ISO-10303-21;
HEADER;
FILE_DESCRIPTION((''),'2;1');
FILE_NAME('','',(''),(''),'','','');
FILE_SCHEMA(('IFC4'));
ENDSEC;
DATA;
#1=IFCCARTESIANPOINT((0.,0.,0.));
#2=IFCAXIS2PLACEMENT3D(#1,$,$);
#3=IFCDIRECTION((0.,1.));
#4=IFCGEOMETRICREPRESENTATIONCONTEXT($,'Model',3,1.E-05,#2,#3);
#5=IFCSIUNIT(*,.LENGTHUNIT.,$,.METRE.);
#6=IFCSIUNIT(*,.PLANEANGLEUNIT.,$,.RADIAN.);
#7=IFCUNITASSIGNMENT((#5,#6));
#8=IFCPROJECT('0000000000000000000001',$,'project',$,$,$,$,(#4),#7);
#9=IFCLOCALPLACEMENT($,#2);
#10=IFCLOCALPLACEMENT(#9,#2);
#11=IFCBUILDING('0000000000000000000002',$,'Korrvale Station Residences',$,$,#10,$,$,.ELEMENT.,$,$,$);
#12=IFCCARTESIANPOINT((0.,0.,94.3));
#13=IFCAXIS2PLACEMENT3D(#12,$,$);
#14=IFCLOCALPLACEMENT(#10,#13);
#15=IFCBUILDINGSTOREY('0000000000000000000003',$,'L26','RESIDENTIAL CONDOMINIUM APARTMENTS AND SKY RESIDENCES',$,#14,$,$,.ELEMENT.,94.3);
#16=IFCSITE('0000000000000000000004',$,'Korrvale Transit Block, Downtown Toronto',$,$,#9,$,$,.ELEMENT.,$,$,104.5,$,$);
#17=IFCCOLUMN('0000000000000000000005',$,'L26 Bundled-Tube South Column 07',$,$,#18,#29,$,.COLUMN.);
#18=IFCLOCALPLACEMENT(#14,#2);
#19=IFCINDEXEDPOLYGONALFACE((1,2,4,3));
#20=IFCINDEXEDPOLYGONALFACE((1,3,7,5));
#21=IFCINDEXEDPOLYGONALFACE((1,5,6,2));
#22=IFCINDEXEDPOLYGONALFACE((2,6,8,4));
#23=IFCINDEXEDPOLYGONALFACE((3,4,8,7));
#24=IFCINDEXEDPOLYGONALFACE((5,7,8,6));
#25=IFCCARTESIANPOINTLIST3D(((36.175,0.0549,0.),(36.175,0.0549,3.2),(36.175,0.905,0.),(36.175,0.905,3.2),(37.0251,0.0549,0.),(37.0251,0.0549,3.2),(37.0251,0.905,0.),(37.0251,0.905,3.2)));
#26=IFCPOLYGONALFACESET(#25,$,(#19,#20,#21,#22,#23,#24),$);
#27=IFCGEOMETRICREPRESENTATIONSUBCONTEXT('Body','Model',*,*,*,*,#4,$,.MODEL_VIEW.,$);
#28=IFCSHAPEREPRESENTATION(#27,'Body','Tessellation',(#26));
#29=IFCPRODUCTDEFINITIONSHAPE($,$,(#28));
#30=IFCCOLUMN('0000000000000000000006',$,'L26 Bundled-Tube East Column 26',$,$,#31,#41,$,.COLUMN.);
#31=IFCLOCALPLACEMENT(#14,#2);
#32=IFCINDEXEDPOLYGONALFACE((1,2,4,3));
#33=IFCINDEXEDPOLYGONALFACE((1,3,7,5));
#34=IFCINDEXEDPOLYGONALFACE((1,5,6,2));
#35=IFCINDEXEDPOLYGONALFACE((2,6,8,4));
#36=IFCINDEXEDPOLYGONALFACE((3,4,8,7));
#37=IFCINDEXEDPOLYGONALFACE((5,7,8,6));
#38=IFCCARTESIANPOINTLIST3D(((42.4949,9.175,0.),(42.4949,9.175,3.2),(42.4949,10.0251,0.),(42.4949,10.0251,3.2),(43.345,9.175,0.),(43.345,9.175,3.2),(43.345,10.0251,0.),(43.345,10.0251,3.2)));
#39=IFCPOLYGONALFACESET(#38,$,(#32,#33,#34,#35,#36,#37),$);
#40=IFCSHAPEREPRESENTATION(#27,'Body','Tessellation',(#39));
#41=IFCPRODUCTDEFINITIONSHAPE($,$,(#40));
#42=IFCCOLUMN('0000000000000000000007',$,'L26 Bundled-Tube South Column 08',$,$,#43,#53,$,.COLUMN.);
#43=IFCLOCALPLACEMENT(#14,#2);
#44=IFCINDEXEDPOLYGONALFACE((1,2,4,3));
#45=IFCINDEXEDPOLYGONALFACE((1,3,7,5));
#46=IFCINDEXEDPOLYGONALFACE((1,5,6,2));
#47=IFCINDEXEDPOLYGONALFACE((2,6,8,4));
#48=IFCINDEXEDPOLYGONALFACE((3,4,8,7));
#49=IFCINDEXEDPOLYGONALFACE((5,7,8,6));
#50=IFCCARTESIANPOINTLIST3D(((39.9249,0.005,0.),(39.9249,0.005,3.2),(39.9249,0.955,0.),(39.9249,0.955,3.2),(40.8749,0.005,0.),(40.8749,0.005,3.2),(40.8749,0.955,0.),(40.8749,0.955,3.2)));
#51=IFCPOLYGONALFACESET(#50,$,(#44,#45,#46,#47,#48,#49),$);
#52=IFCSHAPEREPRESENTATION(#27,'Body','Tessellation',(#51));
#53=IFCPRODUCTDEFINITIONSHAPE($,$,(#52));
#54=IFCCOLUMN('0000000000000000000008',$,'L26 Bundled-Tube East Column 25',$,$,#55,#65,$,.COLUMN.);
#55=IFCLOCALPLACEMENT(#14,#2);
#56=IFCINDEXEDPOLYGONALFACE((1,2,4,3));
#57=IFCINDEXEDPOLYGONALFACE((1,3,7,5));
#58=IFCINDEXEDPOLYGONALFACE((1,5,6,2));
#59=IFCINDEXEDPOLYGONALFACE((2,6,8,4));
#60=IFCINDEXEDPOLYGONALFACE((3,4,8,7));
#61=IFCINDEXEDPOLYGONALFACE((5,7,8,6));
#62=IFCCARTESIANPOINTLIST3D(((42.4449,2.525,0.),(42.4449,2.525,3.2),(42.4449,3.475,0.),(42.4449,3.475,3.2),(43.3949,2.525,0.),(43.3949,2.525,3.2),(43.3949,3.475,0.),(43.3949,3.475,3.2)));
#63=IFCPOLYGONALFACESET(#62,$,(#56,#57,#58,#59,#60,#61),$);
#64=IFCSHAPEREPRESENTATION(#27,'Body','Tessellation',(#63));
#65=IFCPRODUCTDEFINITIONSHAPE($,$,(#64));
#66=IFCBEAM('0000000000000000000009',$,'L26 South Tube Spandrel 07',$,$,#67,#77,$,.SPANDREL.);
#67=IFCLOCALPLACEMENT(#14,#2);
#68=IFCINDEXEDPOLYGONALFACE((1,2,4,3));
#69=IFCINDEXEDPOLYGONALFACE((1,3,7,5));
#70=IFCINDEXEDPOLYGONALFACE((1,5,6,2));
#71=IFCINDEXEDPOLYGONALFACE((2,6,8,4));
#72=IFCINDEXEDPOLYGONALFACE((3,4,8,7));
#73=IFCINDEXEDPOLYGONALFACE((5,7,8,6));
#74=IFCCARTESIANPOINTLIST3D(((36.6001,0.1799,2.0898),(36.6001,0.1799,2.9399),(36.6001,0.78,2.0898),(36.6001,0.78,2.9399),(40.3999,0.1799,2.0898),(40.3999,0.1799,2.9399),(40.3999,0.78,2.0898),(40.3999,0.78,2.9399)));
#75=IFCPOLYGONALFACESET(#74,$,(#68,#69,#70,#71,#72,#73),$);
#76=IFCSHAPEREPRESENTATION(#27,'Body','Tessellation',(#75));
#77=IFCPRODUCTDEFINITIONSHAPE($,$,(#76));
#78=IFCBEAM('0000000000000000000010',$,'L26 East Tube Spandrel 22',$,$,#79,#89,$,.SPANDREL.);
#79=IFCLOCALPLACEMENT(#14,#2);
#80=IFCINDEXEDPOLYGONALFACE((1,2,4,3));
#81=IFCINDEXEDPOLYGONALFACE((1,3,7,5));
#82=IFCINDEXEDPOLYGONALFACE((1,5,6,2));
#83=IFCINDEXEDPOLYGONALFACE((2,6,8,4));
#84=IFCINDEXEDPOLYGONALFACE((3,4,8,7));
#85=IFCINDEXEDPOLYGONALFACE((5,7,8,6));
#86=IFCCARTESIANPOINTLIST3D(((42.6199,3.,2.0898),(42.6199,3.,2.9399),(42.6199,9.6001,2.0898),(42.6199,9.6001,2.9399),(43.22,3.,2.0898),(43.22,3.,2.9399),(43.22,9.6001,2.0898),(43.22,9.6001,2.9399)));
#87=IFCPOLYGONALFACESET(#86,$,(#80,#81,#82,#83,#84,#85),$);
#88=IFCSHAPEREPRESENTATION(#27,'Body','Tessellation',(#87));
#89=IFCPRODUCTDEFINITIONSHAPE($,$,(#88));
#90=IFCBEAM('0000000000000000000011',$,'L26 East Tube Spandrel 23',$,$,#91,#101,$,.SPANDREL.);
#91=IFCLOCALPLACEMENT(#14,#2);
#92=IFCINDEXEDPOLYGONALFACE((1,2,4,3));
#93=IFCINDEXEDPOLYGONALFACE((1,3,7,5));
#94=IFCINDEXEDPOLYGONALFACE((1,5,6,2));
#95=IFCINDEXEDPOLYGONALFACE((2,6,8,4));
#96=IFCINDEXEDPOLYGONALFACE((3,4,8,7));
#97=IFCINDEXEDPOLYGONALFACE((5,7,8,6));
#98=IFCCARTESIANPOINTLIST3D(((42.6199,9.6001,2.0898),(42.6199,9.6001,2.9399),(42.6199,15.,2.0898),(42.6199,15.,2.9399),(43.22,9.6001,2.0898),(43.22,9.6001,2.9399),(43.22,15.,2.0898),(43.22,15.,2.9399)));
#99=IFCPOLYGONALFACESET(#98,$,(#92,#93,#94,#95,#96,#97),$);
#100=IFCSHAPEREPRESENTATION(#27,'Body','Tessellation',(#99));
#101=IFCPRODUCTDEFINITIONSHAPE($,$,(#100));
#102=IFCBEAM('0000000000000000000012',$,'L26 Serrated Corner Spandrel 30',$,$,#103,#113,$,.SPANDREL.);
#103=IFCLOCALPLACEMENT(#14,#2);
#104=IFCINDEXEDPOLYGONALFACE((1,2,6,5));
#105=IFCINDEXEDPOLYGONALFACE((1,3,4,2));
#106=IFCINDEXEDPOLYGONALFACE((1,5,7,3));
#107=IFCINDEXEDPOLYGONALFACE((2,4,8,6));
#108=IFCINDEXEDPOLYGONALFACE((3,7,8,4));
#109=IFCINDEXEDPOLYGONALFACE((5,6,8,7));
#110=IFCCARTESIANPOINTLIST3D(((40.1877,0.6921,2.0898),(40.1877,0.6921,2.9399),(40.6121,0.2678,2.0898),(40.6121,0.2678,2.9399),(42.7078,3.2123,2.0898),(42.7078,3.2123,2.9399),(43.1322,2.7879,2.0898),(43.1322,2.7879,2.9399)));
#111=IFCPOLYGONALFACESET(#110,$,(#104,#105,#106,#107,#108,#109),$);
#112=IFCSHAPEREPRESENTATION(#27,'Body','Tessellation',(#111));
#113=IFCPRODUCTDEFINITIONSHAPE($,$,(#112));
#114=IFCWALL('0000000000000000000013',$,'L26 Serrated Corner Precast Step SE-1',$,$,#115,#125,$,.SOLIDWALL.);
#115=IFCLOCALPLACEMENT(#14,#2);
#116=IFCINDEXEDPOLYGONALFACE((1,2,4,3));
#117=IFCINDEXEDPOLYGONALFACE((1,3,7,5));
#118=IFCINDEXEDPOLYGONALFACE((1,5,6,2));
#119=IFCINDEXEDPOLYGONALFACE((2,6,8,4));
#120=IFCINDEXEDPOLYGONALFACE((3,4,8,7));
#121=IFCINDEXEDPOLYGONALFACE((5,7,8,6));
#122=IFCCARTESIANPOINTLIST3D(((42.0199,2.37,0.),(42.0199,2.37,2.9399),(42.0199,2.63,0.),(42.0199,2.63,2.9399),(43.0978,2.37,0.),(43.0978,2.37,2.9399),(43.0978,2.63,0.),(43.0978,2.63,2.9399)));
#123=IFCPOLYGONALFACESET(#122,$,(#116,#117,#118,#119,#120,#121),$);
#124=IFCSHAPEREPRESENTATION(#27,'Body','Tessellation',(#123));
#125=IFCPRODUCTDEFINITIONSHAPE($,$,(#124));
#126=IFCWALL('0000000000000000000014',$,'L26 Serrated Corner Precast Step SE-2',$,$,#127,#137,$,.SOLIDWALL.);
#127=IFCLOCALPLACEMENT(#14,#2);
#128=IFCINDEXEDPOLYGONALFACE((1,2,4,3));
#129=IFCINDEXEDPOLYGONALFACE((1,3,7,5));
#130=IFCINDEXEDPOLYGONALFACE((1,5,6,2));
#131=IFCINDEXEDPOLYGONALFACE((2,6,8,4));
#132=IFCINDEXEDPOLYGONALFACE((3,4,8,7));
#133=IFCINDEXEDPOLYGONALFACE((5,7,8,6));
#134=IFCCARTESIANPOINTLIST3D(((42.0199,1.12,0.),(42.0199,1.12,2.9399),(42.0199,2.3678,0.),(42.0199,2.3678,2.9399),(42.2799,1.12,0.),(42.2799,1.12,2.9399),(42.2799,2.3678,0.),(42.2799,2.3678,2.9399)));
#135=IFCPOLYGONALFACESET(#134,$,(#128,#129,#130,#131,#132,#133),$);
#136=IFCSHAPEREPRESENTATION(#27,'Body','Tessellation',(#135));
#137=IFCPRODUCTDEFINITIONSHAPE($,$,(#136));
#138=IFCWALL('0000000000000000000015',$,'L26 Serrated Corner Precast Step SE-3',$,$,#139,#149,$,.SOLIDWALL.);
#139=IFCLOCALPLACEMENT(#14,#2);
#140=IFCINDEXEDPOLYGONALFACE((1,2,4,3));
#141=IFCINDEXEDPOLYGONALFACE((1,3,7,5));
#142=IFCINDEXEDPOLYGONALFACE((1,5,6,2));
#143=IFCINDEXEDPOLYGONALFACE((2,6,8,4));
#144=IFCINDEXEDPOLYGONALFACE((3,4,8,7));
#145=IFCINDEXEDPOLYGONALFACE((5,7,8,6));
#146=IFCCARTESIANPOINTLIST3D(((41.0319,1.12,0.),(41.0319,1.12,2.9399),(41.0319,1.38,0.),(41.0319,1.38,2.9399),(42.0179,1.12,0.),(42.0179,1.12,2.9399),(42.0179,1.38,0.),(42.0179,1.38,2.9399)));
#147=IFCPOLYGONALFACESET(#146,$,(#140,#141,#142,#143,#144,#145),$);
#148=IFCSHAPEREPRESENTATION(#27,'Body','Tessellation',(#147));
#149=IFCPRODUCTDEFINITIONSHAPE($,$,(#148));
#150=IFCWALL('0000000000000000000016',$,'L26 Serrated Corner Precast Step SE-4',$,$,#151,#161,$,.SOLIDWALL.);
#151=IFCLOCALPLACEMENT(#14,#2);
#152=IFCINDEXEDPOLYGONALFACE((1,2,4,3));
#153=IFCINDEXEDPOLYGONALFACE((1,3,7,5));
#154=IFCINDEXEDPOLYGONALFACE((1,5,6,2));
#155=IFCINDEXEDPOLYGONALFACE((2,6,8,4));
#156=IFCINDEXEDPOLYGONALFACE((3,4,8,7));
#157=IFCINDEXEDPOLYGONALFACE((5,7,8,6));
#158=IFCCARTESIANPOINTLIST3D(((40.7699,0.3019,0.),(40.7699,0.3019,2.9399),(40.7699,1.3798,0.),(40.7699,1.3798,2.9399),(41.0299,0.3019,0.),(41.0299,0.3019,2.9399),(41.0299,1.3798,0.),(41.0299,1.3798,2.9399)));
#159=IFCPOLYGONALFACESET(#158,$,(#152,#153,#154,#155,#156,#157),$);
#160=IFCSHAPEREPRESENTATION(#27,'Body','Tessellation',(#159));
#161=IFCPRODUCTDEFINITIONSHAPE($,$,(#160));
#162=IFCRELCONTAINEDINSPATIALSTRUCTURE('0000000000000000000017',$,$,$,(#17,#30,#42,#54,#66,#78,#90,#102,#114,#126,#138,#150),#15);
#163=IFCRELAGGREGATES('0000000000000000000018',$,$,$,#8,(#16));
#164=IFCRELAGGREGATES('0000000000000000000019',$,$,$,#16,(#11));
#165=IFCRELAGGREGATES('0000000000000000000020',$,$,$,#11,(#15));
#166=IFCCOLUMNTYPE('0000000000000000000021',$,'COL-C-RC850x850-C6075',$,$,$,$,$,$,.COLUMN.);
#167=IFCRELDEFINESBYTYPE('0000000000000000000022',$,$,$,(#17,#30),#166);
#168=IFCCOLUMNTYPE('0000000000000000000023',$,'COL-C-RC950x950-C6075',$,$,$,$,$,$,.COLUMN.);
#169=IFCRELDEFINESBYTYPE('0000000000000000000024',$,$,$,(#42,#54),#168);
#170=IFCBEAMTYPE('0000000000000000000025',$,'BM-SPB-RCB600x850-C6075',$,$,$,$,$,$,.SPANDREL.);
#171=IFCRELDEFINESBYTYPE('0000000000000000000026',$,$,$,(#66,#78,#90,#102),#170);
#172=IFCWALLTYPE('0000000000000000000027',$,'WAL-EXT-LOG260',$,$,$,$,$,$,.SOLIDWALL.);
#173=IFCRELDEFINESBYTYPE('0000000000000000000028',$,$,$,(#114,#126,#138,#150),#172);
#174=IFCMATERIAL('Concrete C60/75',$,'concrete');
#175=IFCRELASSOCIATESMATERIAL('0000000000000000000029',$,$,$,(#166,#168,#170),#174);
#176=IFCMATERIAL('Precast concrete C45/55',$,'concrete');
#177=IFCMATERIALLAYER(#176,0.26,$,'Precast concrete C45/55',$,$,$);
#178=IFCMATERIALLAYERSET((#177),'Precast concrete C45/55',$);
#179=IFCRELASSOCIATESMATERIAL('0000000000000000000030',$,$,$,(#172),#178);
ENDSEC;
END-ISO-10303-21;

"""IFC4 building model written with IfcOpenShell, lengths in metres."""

from ifc_helpers import new_model, si_unit, direction, frame, frame_2d, origin, origin_2d, place, context, subcontext, project, spatial, rectangle, extrude, material, layer, layer_set, material_profile, profile_set, type_object, element, save


model = new_model("IFC4")

# Units and contexts
model_context = context("Model", 3, precision=1e-05, world=origin(), true_north=direction((0.0, 1.0)))
body_context = subcontext(model_context, "Body", "Model", "MODEL_VIEW")
ifc_project = project(units=[si_unit("LENGTHUNIT", "METRE"), si_unit("PLANEANGLEUNIT", "RADIAN")], contexts=[model_context])

# Site, building, storey
site_placement = place(None, origin())
site = spatial("IfcSite", under=ifc_project, at=site_placement, Name="Korrvale Transit Block, Downtown Toronto", CompositionType="ELEMENT", RefElevation=104.5)
building_placement = place(site_placement, origin())
building = spatial("IfcBuilding", under=site, at=building_placement, Name="Korrvale Station Residences", CompositionType="ELEMENT")
storey_placement = place(building_placement, frame((0.0, 0.0, 94.3)))
storey = spatial("IfcBuildingStorey", under=building, at=storey_placement, Name="L26", Description="RESIDENTIAL CONDOMINIUM APARTMENTS AND SKY RESIDENCES", CompositionType="ELEMENT", Elevation=94.3)

# Columns
ifc_material_1 = material(Name="Concrete C60/75", Category="concrete")
ifc_material_profile_1 = material_profile(ifc_material_1, rectangle(XDim=0.8501, YDim=0.8501, at=origin_2d()), Name="RC850x850")
ifc_profile_set_1 = profile_set([ifc_material_profile_1], Name="Concrete C60/75")
column_type_1 = type_object("IfcColumnType", Name="COL-C-RC850x850-C6075", PredefinedType="COLUMN", material=ifc_profile_set_1)
for number, where, z_axis, x_axis, name in (
    (1, (36.6001, 0.48, 0.0), (0.0, 0.0, 1.0), (1.0, 0.0, 0.0), "L26 Bundled-Tube South Column 07"),
    (2, (42.9199, 9.6001, 0.0), (0.0, 0.0, 1.0), (1.0, 0.0, 0.0), "L26 Bundled-Tube East Column 26"),
):
    element("IfcColumn", number, at=place(storey_placement, frame(where, z_axis=z_axis, x_axis=x_axis)), inside=storey, type_object=column_type_1, Name=name, PredefinedType="COLUMN", context=body_context, shape_type="SweptSolid", body=[
        extrude(rectangle(XDim=0.8501, YDim=0.8501, at=origin_2d()), origin(), (0.0, 0.0, 1.0), 3.2),
    ])
ifc_material_profile_2 = material_profile(ifc_material_1, rectangle(XDim=0.95, YDim=0.95, at=origin_2d()), Name="RC950x950")
ifc_profile_set_2 = profile_set([ifc_material_profile_2], Name="Concrete C60/75")
column_type_2 = type_object("IfcColumnType", Name="COL-C-RC950x950-C6075", PredefinedType="COLUMN", material=ifc_profile_set_2)
for number, where, z_axis, x_axis, name in (
    (3, (40.3999, 0.48, 0.0), (0.0, 0.0, 1.0), (1.0, 0.0, 0.0), "L26 Bundled-Tube South Column 08"),
    (4, (42.9199, 3.0, 0.0), (0.0, 0.0, 1.0), (1.0, 0.0, 0.0), "L26 Bundled-Tube East Column 25"),
):
    element("IfcColumn", number, at=place(storey_placement, frame(where, z_axis=z_axis, x_axis=x_axis)), inside=storey, type_object=column_type_2, Name=name, PredefinedType="COLUMN", context=body_context, shape_type="SweptSolid", body=[
        extrude(rectangle(XDim=0.95, YDim=0.95, at=origin_2d()), origin(), (0.0, 0.0, 1.0), 3.2),
    ])

# Beams
ifc_material_profile_3 = material_profile(ifc_material_1, rectangle(XDim=0.6001, YDim=0.8501, at=origin_2d()), Name="RCB600x850")
ifc_profile_set_3 = profile_set([ifc_material_profile_3], Name="Concrete C60/75")
beam_type = type_object("IfcBeamType", Name="BM-SPB-RCB600x850-C6075", PredefinedType="SPANDREL", material=ifc_profile_set_3)
beam_1_placement = place(storey_placement, frame((36.6001, 0.48, 2.5149), z_axis=(1.0, 0.0, 0.0), x_axis=(0.0, 1.0, 0.0)))
element("IfcBeam", 5, at=beam_1_placement, inside=storey, type_object=beam_type, Name="L26 South Tube Spandrel 07", PredefinedType="SPANDREL", context=body_context, shape_type="SweptSolid", body=[
    extrude(rectangle(XDim=0.6001, YDim=0.8501, at=origin_2d()), origin(), (0.0, 0.0, 1.0), 3.7998),
])
beam_2_placement = place(storey_placement, frame((42.9199, 3.0, 2.5149), z_axis=(0.0, 1.0, 0.0), x_axis=(-1.0, 0.0, 0.0)))
element("IfcBeam", 6, at=beam_2_placement, inside=storey, type_object=beam_type, Name="L26 East Tube Spandrel 22", PredefinedType="SPANDREL", context=body_context, shape_type="SweptSolid", body=[
    extrude(rectangle(XDim=0.6001, YDim=0.8501, at=origin_2d()), origin(), (0.0, 0.0, 1.0), 6.6001),
])
beam_3_placement = place(storey_placement, frame((42.9199, 9.6001, 2.5149), z_axis=(0.0, 1.0, 0.0), x_axis=(-1.0, 0.0, 0.0)))
element("IfcBeam", 7, at=beam_3_placement, inside=storey, type_object=beam_type, Name="L26 East Tube Spandrel 23", PredefinedType="SPANDREL", context=body_context, shape_type="SweptSolid", body=[
    extrude(rectangle(XDim=0.6001, YDim=0.8501, at=origin_2d()), origin(), (0.0, 0.0, 1.0), 5.3999),
])
beam_4_placement = place(storey_placement, frame((40.3999, 0.48, 2.5149), z_axis=(0.707107, 0.707107, 0.0), x_axis=(-0.707107, 0.707107, 0.0)))
element("IfcBeam", 8, at=beam_4_placement, inside=storey, type_object=beam_type, Name="L26 Serrated Corner Spandrel 30", PredefinedType="SPANDREL", context=body_context, shape_type="SweptSolid", body=[
    extrude(rectangle(XDim=0.6001, YDim=0.8501, at=origin_2d()), origin(), (0.0, 0.0, 1.0), 3.564),
])

# Walls
ifc_material_2 = material(Name="Precast concrete C45/55", Category="concrete")
ifc_layer_1 = layer(ifc_material_2, 0.26, Name="Precast concrete C45/55")
ifc_layer_set_1 = layer_set([ifc_layer_1], Name="Precast concrete C45/55")
wall_type_1 = type_object("IfcWallType", Name="WAL-EXT-LOG260", PredefinedType="SOLIDWALL", material=ifc_layer_set_1)
wall_1_placement = place(storey_placement, frame((43.0979, 2.5, 0.0), z_axis=(0.0, 0.0, 1.0), x_axis=(-1.0, 0.0, 0.0)))
element("IfcWall", 9, at=wall_1_placement, inside=storey, type_object=wall_type_1, Name="L26 Serrated Corner Precast Step SE-1", PredefinedType="SOLIDWALL", context=body_context, shape_type="SweptSolid", body=[
    extrude(rectangle(XDim=1.0779, YDim=0.26, at=frame_2d((0.5391, 0.0))), origin(), (0.0, 0.0, 1.0), 2.9399),
])
wall_2_placement = place(storey_placement, frame((42.1499, 2.3679, 0.0), z_axis=(0.0, 0.0, 1.0), x_axis=(0.0, -1.0, 0.0)))
element("IfcWall", 10, at=wall_2_placement, inside=storey, type_object=wall_type_1, Name="L26 Serrated Corner Precast Step SE-2", PredefinedType="SOLIDWALL", context=body_context, shape_type="SweptSolid", body=[
    extrude(rectangle(XDim=1.2478, YDim=0.26, at=frame_2d((0.624, 0.0))), origin(), (0.0, 0.0, 1.0), 2.9399),
])
wall_3_placement = place(storey_placement, frame((42.0181, 1.25, 0.0), z_axis=(0.0, 0.0, 1.0), x_axis=(-1.0, 0.0, 0.0)))
element("IfcWall", 11, at=wall_3_placement, inside=storey, type_object=wall_type_1, Name="L26 Serrated Corner Precast Step SE-3", PredefinedType="SOLIDWALL", context=body_context, shape_type="SweptSolid", body=[
    extrude(rectangle(XDim=0.9861, YDim=0.26, at=frame_2d((0.4932, 0.0))), origin(), (0.0, 0.0, 1.0), 2.9399),
])
wall_4_placement = place(storey_placement, frame((40.8999, 1.3799, 0.0), z_axis=(0.0, 0.0, 1.0), x_axis=(0.0, -1.0, 0.0)))
element("IfcWall", 12, at=wall_4_placement, inside=storey, type_object=wall_type_1, Name="L26 Serrated Corner Precast Step SE-4", PredefinedType="SOLIDWALL", context=body_context, shape_type="SweptSolid", body=[
    extrude(rectangle(XDim=1.0779, YDim=0.26, at=frame_2d((0.5391, 0.0))), origin(), (0.0, 0.0, 1.0), 2.9399),
])

save(model, "model.ifc")
